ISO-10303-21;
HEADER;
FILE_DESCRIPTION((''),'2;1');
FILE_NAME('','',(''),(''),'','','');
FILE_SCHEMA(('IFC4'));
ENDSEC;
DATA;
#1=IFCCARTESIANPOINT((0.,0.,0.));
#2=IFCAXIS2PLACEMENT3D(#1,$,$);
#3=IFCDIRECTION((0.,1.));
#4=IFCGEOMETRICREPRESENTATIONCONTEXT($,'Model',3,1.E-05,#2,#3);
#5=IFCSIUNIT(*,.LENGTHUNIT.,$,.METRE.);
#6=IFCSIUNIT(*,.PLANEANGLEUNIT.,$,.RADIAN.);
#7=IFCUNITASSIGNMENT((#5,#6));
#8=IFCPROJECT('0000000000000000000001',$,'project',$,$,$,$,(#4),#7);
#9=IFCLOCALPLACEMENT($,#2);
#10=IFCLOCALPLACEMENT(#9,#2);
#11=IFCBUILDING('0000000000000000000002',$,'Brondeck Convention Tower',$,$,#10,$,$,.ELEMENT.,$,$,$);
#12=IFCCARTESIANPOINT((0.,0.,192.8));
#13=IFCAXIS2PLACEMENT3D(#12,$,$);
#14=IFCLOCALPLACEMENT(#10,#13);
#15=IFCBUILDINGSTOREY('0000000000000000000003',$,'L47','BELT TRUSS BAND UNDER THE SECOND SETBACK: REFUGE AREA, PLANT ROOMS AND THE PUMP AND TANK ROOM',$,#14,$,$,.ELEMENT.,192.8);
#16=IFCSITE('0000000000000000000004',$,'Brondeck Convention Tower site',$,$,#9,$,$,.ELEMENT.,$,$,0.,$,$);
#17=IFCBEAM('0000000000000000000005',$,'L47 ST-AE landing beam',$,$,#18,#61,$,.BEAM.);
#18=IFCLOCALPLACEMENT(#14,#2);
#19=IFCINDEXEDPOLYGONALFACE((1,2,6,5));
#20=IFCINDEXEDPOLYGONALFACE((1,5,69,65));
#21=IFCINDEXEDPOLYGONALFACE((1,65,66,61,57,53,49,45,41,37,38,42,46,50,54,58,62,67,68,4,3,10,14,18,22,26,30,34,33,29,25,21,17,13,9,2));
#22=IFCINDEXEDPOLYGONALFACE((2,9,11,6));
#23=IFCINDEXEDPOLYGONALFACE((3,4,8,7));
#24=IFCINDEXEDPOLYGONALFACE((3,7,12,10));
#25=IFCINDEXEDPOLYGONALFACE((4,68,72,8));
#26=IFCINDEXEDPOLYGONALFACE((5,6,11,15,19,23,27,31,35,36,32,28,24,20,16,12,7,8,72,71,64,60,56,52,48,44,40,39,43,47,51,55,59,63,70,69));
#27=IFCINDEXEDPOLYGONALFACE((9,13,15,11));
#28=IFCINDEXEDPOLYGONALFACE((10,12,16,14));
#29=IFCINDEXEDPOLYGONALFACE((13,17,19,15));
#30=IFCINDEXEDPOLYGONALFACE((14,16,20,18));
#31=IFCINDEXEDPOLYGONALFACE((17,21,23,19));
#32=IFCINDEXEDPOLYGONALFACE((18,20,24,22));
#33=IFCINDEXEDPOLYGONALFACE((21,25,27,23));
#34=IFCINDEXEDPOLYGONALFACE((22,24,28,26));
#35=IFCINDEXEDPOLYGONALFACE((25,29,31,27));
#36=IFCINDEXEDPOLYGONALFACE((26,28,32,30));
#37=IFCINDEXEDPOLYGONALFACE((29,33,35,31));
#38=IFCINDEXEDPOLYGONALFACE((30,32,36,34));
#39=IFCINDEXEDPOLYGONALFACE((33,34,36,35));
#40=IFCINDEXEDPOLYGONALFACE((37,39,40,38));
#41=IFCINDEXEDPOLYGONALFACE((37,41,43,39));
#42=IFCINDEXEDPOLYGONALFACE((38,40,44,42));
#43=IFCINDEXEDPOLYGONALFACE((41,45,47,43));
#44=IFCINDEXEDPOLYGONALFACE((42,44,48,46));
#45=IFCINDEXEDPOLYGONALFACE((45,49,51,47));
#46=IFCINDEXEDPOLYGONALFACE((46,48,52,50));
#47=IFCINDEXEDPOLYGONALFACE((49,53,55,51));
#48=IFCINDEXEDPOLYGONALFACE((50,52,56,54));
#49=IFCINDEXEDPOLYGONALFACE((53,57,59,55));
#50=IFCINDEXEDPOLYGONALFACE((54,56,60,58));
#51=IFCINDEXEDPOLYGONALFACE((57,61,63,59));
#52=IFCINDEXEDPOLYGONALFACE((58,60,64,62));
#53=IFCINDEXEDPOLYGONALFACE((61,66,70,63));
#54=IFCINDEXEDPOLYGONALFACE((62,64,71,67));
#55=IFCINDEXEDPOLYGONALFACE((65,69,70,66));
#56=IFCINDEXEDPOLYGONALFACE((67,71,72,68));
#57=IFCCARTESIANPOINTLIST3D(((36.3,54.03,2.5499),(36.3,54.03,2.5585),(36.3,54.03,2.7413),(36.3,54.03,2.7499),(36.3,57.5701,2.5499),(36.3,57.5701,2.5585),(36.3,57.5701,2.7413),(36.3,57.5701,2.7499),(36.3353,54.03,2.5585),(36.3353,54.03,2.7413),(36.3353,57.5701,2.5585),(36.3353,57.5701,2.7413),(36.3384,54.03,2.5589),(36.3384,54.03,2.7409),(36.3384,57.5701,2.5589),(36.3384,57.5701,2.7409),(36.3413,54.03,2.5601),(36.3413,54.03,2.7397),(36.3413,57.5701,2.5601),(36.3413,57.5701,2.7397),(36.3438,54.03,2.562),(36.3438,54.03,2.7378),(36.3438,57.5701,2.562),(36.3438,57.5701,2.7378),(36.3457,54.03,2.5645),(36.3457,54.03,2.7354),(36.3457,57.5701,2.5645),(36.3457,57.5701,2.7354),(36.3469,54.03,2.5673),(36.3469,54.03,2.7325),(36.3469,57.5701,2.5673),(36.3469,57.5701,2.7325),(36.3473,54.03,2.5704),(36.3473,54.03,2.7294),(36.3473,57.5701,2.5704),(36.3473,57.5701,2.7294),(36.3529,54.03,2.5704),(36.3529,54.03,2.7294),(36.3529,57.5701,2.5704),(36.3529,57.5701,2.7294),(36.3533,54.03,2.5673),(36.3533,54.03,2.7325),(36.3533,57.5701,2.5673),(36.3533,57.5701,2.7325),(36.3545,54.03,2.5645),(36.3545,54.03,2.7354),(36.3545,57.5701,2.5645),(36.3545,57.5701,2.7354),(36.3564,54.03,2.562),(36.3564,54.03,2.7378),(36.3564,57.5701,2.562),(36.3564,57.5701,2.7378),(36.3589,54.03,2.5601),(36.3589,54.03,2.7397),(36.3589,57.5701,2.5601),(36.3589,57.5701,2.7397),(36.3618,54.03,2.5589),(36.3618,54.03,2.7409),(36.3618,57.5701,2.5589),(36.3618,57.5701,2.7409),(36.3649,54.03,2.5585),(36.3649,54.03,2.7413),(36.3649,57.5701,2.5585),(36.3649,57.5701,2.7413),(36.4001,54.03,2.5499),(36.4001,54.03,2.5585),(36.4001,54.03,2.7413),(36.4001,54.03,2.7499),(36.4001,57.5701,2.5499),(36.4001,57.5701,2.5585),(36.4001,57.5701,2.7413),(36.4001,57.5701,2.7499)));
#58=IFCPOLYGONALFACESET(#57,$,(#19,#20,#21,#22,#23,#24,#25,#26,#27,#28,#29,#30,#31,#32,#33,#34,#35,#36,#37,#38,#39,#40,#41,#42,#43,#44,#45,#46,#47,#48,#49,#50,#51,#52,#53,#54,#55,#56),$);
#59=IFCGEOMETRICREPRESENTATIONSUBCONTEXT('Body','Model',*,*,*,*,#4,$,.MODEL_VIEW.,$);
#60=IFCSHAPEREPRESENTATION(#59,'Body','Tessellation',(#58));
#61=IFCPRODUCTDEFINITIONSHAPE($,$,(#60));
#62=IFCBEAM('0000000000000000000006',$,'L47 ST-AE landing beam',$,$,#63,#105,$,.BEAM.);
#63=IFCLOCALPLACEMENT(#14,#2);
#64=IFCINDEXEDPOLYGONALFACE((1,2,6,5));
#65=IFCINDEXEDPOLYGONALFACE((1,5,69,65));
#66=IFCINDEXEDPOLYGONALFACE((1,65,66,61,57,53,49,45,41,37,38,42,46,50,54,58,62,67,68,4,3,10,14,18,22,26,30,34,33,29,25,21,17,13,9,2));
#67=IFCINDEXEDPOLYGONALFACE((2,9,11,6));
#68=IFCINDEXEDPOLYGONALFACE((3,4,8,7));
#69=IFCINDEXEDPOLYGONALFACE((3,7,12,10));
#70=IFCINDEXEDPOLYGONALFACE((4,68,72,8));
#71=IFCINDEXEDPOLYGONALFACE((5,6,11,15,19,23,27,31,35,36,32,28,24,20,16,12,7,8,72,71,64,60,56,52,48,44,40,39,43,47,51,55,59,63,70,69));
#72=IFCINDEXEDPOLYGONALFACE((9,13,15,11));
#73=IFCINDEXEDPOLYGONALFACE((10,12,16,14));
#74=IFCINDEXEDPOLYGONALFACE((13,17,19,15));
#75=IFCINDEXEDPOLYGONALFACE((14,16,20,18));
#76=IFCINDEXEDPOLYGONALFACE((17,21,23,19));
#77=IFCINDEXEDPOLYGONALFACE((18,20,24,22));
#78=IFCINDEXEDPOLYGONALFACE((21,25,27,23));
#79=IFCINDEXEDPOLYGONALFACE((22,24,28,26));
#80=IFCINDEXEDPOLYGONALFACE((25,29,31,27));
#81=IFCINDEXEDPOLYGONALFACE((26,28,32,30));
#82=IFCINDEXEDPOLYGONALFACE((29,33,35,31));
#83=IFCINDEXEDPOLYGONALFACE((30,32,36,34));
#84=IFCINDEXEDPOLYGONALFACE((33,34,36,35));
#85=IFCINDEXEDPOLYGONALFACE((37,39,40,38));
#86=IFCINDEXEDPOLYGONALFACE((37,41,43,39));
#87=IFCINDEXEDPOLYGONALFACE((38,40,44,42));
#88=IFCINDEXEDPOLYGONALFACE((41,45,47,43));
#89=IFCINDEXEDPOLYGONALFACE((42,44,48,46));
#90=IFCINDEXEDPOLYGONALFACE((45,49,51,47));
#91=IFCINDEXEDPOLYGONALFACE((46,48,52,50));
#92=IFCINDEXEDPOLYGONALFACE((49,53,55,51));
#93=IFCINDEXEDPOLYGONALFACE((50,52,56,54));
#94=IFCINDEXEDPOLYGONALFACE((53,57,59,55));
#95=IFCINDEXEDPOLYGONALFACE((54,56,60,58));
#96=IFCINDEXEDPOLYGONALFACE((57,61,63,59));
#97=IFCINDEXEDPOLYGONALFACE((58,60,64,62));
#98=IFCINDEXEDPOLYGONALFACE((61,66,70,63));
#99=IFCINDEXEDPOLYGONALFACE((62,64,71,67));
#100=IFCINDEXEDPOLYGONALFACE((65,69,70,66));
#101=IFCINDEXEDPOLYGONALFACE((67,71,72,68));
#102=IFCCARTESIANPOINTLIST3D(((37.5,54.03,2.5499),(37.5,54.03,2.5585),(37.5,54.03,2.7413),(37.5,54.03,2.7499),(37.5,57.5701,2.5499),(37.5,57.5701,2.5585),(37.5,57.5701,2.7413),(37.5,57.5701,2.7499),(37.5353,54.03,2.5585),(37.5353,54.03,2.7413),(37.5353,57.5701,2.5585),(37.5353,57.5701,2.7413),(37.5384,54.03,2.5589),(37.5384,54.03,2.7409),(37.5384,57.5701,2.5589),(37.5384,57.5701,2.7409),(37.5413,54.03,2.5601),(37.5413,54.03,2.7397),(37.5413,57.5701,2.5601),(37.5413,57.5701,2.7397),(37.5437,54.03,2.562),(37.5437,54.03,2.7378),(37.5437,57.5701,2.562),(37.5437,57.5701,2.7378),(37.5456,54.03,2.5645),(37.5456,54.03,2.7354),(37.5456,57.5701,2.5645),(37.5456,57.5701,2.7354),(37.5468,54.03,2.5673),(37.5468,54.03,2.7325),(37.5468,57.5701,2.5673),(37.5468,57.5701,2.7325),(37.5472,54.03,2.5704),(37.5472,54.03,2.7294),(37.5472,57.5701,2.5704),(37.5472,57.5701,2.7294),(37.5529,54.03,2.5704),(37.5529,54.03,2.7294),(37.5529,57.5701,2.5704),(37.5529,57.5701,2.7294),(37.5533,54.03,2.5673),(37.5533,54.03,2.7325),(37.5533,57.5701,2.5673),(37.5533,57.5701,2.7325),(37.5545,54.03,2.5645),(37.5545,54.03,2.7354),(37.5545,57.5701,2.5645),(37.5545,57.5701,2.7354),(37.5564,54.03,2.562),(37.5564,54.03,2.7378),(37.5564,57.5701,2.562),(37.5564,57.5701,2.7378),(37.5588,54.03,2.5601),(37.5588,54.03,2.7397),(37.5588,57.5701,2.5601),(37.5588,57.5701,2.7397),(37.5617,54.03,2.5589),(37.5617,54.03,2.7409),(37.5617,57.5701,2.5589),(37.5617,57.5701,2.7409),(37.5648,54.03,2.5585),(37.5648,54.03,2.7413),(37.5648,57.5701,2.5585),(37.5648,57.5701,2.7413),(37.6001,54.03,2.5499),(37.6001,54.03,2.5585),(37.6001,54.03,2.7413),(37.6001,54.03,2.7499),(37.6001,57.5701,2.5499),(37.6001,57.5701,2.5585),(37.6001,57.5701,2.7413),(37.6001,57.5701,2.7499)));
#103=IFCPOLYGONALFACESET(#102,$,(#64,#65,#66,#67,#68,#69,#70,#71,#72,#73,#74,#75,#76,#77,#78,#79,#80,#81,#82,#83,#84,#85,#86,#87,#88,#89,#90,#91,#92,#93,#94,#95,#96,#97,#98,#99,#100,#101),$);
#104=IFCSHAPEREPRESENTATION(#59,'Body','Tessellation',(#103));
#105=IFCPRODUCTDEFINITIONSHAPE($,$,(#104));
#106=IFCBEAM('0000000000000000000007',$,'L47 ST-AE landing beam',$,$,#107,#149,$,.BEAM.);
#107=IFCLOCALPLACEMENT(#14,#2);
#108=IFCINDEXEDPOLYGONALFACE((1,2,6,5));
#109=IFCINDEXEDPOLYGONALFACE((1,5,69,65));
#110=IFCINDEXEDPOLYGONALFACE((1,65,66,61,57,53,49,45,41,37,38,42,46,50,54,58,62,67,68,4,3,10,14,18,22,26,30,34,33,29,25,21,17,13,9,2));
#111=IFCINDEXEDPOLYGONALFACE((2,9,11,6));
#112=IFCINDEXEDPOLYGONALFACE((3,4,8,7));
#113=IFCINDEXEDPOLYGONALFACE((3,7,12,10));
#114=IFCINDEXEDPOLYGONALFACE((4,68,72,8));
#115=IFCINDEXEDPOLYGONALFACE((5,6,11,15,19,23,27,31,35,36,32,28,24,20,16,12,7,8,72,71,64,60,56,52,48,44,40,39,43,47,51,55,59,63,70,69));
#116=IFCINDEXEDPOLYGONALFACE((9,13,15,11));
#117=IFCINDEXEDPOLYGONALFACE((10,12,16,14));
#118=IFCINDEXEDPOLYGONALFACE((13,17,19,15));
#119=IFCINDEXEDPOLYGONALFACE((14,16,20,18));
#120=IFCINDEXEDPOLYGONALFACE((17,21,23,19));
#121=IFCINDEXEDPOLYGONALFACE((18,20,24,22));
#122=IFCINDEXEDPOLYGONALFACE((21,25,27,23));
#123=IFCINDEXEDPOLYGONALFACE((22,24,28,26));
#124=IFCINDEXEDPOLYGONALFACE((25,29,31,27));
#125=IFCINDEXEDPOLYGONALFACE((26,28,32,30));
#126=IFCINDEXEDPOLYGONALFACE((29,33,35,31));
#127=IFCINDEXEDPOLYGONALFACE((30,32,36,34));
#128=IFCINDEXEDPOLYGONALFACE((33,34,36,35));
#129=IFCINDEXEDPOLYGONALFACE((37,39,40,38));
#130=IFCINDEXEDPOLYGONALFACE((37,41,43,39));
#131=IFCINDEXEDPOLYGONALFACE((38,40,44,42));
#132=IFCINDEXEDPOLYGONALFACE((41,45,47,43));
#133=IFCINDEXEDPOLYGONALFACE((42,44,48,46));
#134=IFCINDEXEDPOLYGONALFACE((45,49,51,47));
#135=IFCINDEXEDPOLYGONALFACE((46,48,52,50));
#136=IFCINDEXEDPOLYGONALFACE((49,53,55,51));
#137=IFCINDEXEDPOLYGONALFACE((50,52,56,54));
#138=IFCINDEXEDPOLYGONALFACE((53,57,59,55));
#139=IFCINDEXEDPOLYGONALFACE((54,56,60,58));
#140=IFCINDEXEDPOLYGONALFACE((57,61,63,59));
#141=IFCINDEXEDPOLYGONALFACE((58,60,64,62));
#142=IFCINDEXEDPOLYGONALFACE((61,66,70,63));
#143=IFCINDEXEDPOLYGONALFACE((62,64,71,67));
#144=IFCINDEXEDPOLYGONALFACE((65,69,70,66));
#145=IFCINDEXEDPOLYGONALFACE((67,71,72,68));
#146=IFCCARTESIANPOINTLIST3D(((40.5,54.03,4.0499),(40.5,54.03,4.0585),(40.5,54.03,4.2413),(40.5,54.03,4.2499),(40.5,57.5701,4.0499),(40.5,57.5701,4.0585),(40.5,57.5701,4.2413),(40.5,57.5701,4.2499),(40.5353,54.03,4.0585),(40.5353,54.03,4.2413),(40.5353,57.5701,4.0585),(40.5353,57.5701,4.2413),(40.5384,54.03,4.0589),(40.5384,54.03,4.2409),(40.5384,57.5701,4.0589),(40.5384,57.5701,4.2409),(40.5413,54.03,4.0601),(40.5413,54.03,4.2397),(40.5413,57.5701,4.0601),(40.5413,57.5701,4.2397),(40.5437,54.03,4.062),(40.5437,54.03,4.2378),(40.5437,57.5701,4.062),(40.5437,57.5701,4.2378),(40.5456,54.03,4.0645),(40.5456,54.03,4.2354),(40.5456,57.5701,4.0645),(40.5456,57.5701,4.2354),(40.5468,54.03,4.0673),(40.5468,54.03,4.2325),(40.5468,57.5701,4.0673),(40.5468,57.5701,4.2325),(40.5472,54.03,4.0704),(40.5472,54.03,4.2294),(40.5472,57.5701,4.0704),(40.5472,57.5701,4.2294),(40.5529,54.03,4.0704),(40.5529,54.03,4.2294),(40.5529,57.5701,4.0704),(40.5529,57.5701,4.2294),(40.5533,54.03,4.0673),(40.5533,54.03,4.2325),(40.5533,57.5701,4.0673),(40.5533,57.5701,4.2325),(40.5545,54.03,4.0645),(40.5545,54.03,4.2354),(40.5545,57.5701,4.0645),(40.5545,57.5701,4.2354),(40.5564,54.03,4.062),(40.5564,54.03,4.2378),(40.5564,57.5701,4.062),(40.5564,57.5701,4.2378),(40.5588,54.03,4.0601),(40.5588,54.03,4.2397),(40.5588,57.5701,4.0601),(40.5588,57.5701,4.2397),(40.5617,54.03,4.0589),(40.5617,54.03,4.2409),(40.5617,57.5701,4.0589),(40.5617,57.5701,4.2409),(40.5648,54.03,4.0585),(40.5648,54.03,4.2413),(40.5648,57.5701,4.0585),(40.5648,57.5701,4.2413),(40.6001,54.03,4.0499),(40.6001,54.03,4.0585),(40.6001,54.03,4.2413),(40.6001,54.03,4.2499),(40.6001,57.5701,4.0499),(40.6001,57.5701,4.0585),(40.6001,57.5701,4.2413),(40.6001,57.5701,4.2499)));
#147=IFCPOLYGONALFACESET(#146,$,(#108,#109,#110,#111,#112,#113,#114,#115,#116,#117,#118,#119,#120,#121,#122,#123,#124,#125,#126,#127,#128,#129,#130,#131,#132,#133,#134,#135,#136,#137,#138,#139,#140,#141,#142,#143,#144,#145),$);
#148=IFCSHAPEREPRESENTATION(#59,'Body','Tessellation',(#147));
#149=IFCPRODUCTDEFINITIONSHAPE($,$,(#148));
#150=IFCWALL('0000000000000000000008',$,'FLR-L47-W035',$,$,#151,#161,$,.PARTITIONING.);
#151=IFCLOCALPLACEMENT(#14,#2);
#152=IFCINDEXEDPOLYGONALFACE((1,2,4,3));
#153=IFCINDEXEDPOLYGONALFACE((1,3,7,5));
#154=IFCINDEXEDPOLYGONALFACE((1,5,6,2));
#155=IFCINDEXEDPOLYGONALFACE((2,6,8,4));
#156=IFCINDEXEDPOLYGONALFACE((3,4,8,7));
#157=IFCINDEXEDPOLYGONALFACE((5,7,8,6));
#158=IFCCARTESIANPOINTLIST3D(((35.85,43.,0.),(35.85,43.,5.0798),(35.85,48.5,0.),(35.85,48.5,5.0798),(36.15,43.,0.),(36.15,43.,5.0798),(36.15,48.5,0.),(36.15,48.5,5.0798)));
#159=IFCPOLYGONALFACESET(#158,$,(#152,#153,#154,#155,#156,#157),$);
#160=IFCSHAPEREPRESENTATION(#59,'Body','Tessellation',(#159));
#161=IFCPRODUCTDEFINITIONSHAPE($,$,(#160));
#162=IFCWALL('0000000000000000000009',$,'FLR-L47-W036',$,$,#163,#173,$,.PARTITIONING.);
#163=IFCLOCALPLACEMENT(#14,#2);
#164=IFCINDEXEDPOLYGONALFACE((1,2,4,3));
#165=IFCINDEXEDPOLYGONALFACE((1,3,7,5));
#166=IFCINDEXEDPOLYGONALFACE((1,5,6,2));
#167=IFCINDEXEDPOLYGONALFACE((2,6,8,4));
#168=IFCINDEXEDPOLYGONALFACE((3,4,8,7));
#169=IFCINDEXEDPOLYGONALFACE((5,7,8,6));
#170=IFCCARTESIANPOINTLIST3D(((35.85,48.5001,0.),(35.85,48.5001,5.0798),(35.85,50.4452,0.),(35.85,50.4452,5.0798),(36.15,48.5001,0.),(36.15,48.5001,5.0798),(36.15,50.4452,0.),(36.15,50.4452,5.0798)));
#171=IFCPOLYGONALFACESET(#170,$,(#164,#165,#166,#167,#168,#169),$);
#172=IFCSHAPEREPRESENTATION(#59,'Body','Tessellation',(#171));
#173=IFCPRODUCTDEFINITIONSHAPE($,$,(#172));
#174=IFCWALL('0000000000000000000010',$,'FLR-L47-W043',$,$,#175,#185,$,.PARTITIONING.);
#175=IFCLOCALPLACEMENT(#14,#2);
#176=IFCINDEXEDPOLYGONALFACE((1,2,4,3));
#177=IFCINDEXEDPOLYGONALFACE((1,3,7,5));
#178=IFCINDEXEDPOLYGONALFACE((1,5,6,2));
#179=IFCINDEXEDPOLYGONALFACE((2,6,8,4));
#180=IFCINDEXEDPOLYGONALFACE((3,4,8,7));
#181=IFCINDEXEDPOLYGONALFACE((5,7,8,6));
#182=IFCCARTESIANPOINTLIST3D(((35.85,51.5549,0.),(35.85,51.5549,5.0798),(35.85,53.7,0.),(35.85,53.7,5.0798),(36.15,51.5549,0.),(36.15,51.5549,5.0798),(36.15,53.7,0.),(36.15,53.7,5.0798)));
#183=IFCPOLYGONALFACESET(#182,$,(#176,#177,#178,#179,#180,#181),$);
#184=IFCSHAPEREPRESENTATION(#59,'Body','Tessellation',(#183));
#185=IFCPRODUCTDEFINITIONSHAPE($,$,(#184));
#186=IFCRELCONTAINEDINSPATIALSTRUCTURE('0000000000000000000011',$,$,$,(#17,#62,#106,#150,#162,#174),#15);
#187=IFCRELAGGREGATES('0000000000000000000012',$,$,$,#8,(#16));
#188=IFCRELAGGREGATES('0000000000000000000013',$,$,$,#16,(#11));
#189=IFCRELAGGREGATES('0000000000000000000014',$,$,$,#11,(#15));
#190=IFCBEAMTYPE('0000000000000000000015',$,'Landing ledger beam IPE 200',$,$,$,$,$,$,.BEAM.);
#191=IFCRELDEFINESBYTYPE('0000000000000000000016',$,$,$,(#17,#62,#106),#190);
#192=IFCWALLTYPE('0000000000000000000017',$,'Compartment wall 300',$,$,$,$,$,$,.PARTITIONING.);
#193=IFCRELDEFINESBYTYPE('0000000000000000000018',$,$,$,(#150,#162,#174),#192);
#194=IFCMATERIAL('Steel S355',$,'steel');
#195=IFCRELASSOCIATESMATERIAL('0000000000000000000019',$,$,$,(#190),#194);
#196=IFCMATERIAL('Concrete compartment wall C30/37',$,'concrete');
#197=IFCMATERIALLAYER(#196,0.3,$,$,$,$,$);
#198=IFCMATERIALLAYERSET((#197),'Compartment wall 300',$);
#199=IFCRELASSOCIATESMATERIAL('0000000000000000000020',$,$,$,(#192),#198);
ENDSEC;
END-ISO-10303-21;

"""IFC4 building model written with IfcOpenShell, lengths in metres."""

from ifc_helpers import new_model, si_unit, direction, frame, frame_2d, origin, origin_2d, place, context, subcontext, project, spatial, rectangle, i_section, extrude, material, layer, layer_set, material_profile, profile_set, type_object, element, save


model = new_model("IFC4")

# Units and contexts
model_context = context("Model", 3, precision=1e-05, world=origin(), true_north=direction((0.0, 1.0)))
body_context = subcontext(model_context, "Body", "Model", "MODEL_VIEW")
ifc_project = project(units=[si_unit("LENGTHUNIT", "METRE"), si_unit("PLANEANGLEUNIT", "RADIAN")], contexts=[model_context])

# Site, building, storey
site_placement = place(None, origin())
site = spatial("IfcSite", under=ifc_project, at=site_placement, Name="Brondeck Convention Tower site", CompositionType="ELEMENT", RefElevation=0.0)
building_placement = place(site_placement, origin())
building = spatial("IfcBuilding", under=site, at=building_placement, Name="Brondeck Convention Tower", CompositionType="ELEMENT")
storey_placement = place(building_placement, frame((0.0, 0.0, 192.8)))
storey = spatial("IfcBuildingStorey", under=building, at=storey_placement, Name="L47", Description="BELT TRUSS BAND UNDER THE SECOND SETBACK: REFUGE AREA, PLANT ROOMS AND THE PUMP AND TANK ROOM", CompositionType="ELEMENT", Elevation=192.8)

# Beams
ifc_material_1 = material(Name="Steel S355", Category="steel")
ifc_material_profile_1 = material_profile(ifc_material_1, i_section(OverallWidth=0.1001, OverallDepth=0.2, WebThickness=0.0056, FlangeThickness=0.0085, FilletRadius=0.012, at=origin_2d()), Name="IPE200")
ifc_profile_set_1 = profile_set([ifc_material_profile_1], Name="Steel S355")
beam_type_1 = type_object("IfcBeamType", Name="Landing ledger beam IPE 200", PredefinedType="BEAM", material=ifc_profile_set_1)
for number, where, z_axis, x_axis, name in (
    (1, (36.3501, 54.03, 2.6499), (0.0, 1.0, 0.0), (-1.0, 0.0, 0.0), "L47 ST-AE landing beam"),
    (2, (37.55, 54.03, 2.6499), (0.0, 1.0, 0.0), (-1.0, 0.0, 0.0), "L47 ST-AE landing beam"),
    (3, (40.55, 54.03, 4.1499), (0.0, 1.0, 0.0), (-1.0, 0.0, 0.0), "L47 ST-AE landing beam"),
):
    element("IfcBeam", number, at=place(storey_placement, frame(where, z_axis=z_axis, x_axis=x_axis)), inside=storey, type_object=beam_type_1, Name=name, PredefinedType="BEAM", context=body_context, shape_type="SweptSolid", body=[
        extrude(i_section(OverallWidth=0.1001, OverallDepth=0.2, WebThickness=0.0056, FlangeThickness=0.0085, FilletRadius=0.012, at=origin_2d()), origin(), (0.0, 0.0, 1.0), 3.54),
    ])

# Walls
ifc_material_2 = material(Name="Concrete compartment wall C30/37", Category="concrete")
ifc_layer_1 = layer(ifc_material_2, 0.3)
ifc_layer_set_1 = layer_set([ifc_layer_1], Name="Compartment wall 300")
wall_type_1 = type_object("IfcWallType", Name="Compartment wall 300", PredefinedType="PARTITIONING", material=ifc_layer_set_1)
wall_1_placement = place(storey_placement, frame((36.0, 48.5, 0.0), z_axis=(0.0, 0.0, 1.0), x_axis=(0.0, -1.0, 0.0)))
element("IfcWall", 4, at=wall_1_placement, inside=storey, type_object=wall_type_1, Name="FLR-L47-W035", PredefinedType="PARTITIONING", context=body_context, shape_type="SweptSolid", body=[
    extrude(rectangle(XDim=5.5, YDim=0.3, at=frame_2d((2.75, 0.0))), origin(), (0.0, 0.0, 1.0), 5.0798),
])
wall_2_placement = place(storey_placement, frame((36.0, 48.5, 0.0), z_axis=(0.0, 0.0, 1.0), x_axis=(0.0, 1.0, 0.0)))
element("IfcWall", 5, at=wall_2_placement, inside=storey, type_object=wall_type_1, Name="FLR-L47-W036", PredefinedType="PARTITIONING", context=body_context, shape_type="SweptSolid", body=[
    extrude(rectangle(XDim=1.9451, YDim=0.3, at=frame_2d((0.9727, 0.0))), origin(), (0.0, 0.0, 1.0), 5.0798),
])
wall_3_placement = place(storey_placement, frame((36.0, 51.5549, 0.0), z_axis=(0.0, 0.0, 1.0), x_axis=(0.0, 1.0, 0.0)))
element("IfcWall", 6, at=wall_3_placement, inside=storey, type_object=wall_type_1, Name="FLR-L47-W043", PredefinedType="PARTITIONING", context=body_context, shape_type="SweptSolid", body=[
    extrude(rectangle(XDim=2.145, YDim=0.3, at=frame_2d((1.0725, 0.0))), origin(), (0.0, 0.0, 1.0), 5.0798),
])

save(model, "model.ifc")
